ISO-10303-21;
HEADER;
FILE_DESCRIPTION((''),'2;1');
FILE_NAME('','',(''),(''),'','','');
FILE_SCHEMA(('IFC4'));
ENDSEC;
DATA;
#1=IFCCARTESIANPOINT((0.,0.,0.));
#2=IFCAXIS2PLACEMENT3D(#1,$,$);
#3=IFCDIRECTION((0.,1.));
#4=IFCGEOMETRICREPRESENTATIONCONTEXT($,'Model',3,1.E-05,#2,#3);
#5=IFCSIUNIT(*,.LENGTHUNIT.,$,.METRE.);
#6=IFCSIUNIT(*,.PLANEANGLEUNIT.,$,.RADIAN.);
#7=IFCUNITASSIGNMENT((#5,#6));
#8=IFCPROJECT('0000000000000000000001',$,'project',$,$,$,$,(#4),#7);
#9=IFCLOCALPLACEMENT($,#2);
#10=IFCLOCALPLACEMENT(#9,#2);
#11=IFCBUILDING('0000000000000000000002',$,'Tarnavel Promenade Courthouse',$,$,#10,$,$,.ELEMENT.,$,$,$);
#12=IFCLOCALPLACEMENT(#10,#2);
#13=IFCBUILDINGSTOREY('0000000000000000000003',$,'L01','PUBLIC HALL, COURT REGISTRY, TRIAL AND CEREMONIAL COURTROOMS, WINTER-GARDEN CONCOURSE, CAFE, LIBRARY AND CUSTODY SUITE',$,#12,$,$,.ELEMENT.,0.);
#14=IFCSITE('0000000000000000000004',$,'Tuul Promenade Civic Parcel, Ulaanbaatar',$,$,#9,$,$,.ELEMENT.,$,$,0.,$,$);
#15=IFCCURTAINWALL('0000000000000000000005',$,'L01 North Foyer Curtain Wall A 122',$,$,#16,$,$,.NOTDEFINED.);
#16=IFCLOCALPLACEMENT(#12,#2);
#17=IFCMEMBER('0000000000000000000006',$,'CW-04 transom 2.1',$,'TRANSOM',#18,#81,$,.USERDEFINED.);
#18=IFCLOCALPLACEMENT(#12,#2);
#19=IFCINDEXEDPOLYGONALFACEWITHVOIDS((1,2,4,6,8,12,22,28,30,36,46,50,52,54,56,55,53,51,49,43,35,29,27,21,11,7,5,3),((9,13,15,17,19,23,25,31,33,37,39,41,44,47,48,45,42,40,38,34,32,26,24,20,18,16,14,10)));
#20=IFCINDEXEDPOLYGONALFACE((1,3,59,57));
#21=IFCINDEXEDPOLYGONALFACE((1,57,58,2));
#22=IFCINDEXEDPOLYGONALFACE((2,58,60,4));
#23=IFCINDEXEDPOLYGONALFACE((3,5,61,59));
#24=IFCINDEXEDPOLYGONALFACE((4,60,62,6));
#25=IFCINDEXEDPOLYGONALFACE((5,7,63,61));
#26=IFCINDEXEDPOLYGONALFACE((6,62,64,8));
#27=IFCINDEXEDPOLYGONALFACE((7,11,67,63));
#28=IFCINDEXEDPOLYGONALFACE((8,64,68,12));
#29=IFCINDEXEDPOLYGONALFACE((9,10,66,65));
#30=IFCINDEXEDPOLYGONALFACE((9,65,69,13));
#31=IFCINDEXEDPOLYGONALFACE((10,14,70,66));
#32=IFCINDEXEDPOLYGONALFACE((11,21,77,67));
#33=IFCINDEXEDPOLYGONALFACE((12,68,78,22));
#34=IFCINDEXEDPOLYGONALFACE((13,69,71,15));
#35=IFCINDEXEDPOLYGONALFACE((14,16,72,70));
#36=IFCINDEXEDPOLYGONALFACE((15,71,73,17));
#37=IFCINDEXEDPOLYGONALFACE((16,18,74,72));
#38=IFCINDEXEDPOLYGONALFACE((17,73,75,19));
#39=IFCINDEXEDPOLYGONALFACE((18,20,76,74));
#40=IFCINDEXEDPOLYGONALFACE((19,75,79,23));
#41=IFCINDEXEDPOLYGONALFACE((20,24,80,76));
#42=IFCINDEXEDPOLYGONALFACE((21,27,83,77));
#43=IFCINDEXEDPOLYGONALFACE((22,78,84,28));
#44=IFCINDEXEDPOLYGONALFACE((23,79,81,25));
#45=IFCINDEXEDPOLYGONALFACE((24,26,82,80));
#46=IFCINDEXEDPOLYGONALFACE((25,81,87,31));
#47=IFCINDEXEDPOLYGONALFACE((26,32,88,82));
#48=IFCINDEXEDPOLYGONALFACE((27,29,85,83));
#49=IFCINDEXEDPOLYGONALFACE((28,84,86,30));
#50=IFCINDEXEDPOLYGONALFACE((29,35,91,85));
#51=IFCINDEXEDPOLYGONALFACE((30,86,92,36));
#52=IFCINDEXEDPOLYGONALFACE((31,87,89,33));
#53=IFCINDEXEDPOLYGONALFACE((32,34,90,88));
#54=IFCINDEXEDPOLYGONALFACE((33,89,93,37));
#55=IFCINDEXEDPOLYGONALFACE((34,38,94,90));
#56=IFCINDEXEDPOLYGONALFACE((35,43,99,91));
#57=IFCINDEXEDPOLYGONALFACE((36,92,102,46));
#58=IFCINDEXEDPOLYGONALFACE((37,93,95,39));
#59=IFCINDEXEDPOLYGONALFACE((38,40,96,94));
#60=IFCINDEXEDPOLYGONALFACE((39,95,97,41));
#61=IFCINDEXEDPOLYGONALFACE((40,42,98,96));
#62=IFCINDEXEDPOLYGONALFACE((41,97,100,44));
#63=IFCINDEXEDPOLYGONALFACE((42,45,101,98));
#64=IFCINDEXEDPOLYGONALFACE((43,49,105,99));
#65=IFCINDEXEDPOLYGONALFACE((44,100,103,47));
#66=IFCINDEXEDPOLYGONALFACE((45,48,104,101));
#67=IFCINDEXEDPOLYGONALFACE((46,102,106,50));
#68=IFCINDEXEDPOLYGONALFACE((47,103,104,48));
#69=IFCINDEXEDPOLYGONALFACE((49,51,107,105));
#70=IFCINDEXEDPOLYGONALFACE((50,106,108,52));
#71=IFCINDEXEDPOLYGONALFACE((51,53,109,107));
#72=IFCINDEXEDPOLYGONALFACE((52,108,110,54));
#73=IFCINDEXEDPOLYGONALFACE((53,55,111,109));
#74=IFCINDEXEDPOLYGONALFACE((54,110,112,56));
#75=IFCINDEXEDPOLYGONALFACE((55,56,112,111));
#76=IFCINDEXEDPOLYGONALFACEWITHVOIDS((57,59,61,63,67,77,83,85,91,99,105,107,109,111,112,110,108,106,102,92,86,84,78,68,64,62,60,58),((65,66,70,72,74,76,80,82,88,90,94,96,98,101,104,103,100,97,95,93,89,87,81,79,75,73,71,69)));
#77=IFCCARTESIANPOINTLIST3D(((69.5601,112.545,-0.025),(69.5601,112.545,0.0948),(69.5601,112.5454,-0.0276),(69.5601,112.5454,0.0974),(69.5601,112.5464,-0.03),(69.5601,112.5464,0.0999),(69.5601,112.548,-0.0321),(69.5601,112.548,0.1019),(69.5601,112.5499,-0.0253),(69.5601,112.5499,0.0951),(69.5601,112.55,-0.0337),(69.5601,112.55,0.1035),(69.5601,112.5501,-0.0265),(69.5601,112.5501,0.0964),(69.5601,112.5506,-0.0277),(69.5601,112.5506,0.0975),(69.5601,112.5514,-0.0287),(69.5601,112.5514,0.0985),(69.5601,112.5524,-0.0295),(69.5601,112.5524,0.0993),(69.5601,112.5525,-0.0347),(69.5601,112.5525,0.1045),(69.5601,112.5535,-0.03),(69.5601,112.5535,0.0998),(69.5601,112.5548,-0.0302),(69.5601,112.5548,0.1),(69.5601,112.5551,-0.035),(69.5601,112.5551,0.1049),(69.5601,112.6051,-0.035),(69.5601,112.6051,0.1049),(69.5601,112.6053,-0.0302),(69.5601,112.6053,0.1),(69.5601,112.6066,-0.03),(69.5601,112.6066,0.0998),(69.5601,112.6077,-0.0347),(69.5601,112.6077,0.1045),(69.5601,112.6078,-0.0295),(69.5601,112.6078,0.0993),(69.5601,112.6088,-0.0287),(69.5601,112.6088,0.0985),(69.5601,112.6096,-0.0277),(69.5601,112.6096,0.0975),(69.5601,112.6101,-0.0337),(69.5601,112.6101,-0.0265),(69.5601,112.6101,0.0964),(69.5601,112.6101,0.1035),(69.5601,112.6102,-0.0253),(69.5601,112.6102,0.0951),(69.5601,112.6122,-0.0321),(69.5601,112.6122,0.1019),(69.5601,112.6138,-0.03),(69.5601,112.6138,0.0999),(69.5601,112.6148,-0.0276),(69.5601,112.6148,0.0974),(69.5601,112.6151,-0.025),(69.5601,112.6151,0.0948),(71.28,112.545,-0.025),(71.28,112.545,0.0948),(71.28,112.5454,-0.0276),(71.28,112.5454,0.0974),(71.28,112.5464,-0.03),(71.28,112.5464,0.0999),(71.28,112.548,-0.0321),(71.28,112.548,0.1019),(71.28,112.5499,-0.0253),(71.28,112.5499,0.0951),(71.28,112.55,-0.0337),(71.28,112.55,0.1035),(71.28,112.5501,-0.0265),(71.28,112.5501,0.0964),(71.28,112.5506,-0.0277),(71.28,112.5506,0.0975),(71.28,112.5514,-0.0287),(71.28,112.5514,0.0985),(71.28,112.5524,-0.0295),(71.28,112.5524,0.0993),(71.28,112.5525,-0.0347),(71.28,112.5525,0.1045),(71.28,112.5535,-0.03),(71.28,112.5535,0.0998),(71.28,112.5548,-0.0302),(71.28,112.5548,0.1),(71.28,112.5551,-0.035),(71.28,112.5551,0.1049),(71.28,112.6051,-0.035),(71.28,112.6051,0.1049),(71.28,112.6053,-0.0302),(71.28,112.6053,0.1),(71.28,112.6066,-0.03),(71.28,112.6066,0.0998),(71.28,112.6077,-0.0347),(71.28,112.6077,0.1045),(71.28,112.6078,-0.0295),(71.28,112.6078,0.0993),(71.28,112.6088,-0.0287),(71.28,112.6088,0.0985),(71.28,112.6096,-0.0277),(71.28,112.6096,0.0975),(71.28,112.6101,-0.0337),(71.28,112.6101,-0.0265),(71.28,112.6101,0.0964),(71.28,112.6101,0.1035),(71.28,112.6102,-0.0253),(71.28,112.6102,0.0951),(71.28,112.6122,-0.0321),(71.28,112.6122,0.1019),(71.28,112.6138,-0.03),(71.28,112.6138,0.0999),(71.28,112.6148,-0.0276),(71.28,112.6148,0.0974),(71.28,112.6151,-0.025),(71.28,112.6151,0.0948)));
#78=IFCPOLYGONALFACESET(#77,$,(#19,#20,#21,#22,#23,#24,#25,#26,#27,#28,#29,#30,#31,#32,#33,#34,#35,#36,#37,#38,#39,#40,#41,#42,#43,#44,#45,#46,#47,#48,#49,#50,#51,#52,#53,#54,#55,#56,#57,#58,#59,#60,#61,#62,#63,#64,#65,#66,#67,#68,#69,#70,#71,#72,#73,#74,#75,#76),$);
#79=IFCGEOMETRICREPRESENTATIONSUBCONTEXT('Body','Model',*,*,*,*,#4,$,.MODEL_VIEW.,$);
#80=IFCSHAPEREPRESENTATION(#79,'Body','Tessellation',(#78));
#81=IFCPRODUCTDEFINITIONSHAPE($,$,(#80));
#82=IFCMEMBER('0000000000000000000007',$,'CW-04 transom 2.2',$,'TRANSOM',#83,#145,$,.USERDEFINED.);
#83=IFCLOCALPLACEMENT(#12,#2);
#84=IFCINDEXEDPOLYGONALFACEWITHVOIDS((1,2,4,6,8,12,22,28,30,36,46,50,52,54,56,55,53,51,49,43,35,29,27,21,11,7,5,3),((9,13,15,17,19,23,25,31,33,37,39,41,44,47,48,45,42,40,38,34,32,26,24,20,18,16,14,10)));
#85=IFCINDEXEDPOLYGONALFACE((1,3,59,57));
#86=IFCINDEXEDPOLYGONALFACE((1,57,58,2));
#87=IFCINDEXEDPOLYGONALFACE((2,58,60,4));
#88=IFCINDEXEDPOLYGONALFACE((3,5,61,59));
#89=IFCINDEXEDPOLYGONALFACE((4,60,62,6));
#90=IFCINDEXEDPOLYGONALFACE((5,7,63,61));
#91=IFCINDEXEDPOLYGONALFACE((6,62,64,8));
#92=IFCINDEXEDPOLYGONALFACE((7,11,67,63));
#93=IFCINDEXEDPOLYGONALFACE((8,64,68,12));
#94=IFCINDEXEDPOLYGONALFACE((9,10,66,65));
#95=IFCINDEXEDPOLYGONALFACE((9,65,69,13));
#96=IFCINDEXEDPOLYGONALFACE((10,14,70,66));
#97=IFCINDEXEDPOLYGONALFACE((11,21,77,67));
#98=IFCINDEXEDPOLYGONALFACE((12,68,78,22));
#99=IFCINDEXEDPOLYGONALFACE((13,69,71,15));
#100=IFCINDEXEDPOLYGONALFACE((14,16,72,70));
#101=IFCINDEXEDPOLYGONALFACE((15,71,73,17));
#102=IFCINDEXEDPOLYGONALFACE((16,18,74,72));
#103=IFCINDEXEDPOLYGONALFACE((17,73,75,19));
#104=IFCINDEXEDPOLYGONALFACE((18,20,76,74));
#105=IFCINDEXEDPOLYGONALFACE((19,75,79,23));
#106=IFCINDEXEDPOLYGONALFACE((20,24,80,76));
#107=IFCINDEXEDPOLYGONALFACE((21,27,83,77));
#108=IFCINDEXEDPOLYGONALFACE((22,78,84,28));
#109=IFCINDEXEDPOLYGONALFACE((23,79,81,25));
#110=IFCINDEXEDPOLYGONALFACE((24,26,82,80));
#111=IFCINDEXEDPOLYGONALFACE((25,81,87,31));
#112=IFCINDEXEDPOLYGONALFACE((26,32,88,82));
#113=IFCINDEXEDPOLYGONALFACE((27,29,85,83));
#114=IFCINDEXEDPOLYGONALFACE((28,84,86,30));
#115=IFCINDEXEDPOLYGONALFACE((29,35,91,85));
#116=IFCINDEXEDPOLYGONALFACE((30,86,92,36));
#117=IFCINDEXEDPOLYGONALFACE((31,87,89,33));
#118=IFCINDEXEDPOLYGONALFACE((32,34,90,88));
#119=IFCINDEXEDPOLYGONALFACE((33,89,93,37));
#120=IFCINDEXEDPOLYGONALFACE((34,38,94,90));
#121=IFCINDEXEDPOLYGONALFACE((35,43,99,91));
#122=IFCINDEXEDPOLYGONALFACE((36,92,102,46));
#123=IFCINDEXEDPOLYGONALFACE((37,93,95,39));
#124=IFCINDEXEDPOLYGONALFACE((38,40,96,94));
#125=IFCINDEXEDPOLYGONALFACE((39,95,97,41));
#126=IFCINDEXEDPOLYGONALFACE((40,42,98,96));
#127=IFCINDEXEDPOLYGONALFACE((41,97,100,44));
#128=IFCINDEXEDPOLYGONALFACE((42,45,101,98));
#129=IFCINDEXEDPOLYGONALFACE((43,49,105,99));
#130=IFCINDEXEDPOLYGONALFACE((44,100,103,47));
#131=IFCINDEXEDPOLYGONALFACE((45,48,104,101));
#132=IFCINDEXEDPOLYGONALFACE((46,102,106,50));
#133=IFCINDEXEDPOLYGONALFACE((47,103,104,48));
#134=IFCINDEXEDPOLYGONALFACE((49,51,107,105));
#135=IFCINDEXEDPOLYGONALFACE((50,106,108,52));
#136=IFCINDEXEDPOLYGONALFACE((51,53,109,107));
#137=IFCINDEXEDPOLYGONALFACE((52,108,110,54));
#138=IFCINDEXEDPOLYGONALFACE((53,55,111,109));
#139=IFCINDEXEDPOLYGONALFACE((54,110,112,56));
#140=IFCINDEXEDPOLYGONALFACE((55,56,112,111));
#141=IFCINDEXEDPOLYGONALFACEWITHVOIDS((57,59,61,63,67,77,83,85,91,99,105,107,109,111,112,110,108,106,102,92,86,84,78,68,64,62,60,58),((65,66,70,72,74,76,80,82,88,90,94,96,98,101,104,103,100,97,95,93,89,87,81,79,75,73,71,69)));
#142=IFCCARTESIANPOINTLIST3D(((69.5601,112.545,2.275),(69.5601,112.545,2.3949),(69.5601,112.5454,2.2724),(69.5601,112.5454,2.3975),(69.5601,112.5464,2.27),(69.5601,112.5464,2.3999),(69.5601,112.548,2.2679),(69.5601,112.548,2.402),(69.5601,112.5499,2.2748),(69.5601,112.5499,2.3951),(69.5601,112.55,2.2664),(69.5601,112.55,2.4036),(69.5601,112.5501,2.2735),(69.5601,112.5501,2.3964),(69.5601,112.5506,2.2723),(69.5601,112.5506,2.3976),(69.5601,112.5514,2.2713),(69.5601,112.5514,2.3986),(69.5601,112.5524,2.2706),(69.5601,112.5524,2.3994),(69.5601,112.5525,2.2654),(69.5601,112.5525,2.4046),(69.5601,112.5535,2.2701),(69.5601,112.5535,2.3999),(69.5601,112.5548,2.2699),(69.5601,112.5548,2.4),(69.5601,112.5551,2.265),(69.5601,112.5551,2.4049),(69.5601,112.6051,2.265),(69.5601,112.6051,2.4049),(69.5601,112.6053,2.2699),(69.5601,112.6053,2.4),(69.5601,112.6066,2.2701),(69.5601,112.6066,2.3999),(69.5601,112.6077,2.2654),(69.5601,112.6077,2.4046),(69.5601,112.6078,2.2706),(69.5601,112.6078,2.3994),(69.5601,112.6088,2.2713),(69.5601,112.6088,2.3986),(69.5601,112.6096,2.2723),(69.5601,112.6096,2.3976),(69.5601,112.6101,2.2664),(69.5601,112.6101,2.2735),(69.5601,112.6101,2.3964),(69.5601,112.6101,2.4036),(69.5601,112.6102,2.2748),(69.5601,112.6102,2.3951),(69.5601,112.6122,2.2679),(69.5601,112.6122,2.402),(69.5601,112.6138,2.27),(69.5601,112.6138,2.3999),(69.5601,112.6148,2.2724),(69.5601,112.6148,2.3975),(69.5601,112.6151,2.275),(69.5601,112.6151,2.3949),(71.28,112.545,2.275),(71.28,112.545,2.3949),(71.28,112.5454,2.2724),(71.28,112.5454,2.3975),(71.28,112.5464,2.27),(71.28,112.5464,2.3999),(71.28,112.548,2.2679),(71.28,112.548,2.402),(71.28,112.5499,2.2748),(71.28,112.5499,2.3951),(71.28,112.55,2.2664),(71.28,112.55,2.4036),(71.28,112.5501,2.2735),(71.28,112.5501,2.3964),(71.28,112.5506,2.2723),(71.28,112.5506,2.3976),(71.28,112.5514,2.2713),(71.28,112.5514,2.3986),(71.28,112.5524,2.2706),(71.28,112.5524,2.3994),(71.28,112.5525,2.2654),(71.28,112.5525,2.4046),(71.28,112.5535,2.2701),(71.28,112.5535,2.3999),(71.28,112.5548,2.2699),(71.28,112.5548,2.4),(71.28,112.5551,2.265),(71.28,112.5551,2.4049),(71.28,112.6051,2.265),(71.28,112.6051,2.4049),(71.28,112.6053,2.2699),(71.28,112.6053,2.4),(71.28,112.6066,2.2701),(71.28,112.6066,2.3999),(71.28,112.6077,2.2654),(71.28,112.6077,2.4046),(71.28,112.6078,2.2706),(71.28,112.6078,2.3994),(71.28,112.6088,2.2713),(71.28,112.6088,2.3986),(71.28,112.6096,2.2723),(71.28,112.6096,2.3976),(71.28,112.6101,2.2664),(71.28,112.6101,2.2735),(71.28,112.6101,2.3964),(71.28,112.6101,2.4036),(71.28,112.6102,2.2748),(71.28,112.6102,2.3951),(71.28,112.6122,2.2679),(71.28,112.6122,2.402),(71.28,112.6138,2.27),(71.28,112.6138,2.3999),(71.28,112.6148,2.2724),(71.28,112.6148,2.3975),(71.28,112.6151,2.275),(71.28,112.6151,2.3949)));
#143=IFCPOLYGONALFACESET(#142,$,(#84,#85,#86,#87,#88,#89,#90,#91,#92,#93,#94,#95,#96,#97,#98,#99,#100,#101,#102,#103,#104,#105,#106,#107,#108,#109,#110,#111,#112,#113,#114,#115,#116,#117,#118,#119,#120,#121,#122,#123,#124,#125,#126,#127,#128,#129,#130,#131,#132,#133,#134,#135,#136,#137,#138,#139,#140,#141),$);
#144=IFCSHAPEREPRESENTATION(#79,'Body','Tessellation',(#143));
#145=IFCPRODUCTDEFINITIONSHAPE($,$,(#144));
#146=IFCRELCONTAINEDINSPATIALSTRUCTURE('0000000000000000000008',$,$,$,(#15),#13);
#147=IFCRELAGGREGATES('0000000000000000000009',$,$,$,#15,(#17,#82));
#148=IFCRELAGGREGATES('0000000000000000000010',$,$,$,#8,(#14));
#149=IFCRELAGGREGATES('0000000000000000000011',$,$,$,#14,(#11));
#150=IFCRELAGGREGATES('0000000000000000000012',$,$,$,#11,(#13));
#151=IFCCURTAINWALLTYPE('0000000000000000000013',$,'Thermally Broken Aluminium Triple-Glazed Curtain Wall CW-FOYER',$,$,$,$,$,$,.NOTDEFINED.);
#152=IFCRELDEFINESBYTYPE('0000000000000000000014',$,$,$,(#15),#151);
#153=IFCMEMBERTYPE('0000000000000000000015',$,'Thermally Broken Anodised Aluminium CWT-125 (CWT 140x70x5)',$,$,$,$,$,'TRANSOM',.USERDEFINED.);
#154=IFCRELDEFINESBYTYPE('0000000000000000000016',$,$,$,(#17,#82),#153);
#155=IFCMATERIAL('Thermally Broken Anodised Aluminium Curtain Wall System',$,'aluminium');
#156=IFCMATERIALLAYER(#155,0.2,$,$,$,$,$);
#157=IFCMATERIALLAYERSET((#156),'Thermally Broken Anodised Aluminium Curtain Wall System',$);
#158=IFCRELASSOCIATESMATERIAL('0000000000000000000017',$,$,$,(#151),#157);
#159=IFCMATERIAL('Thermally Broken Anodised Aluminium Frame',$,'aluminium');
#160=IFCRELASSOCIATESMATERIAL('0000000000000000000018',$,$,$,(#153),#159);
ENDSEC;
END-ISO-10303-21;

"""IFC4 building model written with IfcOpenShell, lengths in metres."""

from ifc_helpers import new_model, si_unit, direction, frame, origin, origin_2d, place, context, subcontext, project, spatial, hollow_rectangle, extrude, material, layer, layer_set, material_profile, profile_set, type_object, element, aggregate, save


model = new_model("IFC4")

# Units and contexts
model_context = context("Model", 3, precision=1e-05, world=origin(), true_north=direction((0.0, 1.0)))
body_context = subcontext(model_context, "Body", "Model", "MODEL_VIEW")
ifc_project = project(units=[si_unit("LENGTHUNIT", "METRE"), si_unit("PLANEANGLEUNIT", "RADIAN")], contexts=[model_context])

# Site, building, storey
site_placement = place(None, origin())
site = spatial("IfcSite", under=ifc_project, at=site_placement, Name="Tuul Promenade Civic Parcel, Ulaanbaatar", CompositionType="ELEMENT", RefElevation=0.0)
building_placement = place(site_placement, origin())
building = spatial("IfcBuilding", under=site, at=building_placement, Name="Tarnavel Promenade Courthouse", CompositionType="ELEMENT")
storey_placement = place(building_placement, origin())
storey = spatial("IfcBuildingStorey", under=building, at=storey_placement, Name="L01", Description="PUBLIC HALL, COURT REGISTRY, TRIAL AND CEREMONIAL COURTROOMS, WINTER-GARDEN CONCOURSE, CAFE, LIBRARY AND CUSTODY SUITE", CompositionType="ELEMENT", Elevation=0.0)

# Curtain wall, members
ifc_material_1 = material(Name="Thermally Broken Anodised Aluminium Curtain Wall System", Category="aluminium")
ifc_layer_1 = layer(ifc_material_1, 0.2)
ifc_layer_set_1 = layer_set([ifc_layer_1], Name="Thermally Broken Anodised Aluminium Curtain Wall System")
curtain_wall_type = type_object("IfcCurtainWallType", Name="Thermally Broken Aluminium Triple-Glazed Curtain Wall CW-FOYER", PredefinedType="NOTDEFINED", material=ifc_layer_set_1)
curtain_wall_placement = place(storey_placement, origin())
curtain_wall = element("IfcCurtainWall", 1, at=curtain_wall_placement, inside=storey, type_object=curtain_wall_type, Name="L01 North Foyer Curtain Wall A 122", PredefinedType="NOTDEFINED")
ifc_material_2 = material(Name="Thermally Broken Anodised Aluminium Frame", Category="aluminium")
ifc_material_profile_1 = material_profile(ifc_material_2, hollow_rectangle(XDim=0.0701, YDim=0.1399, WallThickness=0.0049, InnerFilletRadius=0.0049, OuterFilletRadius=0.01, at=origin_2d()), Name="CWT 140x70x5")
ifc_profile_set_1 = profile_set([ifc_material_profile_1], Name="Thermally Broken Anodised Aluminium Frame")
member_type_1 = type_object("IfcMemberType", Name="Thermally Broken Anodised Aluminium CWT-125 (CWT 140x70x5)", ElementType="TRANSOM", PredefinedType="USERDEFINED", material=ifc_profile_set_1)
member_1_placement = place(storey_placement, frame((69.5601, 112.5801, 0.0349), z_axis=(1.0, 0.0, 0.0), x_axis=(0.0, 1.0, 0.0)))
member_1 = element("IfcMember", 2, at=member_1_placement, type_object=member_type_1, Name="CW-04 transom 2.1", ObjectType="TRANSOM", PredefinedType="USERDEFINED", context=body_context, shape_type="SweptSolid", body=[
    extrude(hollow_rectangle(XDim=0.0701, YDim=0.1399, WallThickness=0.0049, InnerFilletRadius=0.0049, OuterFilletRadius=0.01, at=origin_2d()), origin(), (0.0, 0.0, 1.0), 1.72),
])
member_2_placement = place(storey_placement, frame((69.5601, 112.5801, 2.335), z_axis=(1.0, 0.0, 0.0), x_axis=(0.0, 1.0, 0.0)))
member_2 = element("IfcMember", 3, at=member_2_placement, type_object=member_type_1, Name="CW-04 transom 2.2", ObjectType="TRANSOM", PredefinedType="USERDEFINED", context=body_context, shape_type="SweptSolid", body=[
    extrude(hollow_rectangle(XDim=0.0701, YDim=0.1399, WallThickness=0.0049, InnerFilletRadius=0.0049, OuterFilletRadius=0.01, at=origin_2d()), origin(), (0.0, 0.0, 1.0), 1.72),
])
aggregate(curtain_wall, [member_1, member_2])

save(model, "model.ifc")
